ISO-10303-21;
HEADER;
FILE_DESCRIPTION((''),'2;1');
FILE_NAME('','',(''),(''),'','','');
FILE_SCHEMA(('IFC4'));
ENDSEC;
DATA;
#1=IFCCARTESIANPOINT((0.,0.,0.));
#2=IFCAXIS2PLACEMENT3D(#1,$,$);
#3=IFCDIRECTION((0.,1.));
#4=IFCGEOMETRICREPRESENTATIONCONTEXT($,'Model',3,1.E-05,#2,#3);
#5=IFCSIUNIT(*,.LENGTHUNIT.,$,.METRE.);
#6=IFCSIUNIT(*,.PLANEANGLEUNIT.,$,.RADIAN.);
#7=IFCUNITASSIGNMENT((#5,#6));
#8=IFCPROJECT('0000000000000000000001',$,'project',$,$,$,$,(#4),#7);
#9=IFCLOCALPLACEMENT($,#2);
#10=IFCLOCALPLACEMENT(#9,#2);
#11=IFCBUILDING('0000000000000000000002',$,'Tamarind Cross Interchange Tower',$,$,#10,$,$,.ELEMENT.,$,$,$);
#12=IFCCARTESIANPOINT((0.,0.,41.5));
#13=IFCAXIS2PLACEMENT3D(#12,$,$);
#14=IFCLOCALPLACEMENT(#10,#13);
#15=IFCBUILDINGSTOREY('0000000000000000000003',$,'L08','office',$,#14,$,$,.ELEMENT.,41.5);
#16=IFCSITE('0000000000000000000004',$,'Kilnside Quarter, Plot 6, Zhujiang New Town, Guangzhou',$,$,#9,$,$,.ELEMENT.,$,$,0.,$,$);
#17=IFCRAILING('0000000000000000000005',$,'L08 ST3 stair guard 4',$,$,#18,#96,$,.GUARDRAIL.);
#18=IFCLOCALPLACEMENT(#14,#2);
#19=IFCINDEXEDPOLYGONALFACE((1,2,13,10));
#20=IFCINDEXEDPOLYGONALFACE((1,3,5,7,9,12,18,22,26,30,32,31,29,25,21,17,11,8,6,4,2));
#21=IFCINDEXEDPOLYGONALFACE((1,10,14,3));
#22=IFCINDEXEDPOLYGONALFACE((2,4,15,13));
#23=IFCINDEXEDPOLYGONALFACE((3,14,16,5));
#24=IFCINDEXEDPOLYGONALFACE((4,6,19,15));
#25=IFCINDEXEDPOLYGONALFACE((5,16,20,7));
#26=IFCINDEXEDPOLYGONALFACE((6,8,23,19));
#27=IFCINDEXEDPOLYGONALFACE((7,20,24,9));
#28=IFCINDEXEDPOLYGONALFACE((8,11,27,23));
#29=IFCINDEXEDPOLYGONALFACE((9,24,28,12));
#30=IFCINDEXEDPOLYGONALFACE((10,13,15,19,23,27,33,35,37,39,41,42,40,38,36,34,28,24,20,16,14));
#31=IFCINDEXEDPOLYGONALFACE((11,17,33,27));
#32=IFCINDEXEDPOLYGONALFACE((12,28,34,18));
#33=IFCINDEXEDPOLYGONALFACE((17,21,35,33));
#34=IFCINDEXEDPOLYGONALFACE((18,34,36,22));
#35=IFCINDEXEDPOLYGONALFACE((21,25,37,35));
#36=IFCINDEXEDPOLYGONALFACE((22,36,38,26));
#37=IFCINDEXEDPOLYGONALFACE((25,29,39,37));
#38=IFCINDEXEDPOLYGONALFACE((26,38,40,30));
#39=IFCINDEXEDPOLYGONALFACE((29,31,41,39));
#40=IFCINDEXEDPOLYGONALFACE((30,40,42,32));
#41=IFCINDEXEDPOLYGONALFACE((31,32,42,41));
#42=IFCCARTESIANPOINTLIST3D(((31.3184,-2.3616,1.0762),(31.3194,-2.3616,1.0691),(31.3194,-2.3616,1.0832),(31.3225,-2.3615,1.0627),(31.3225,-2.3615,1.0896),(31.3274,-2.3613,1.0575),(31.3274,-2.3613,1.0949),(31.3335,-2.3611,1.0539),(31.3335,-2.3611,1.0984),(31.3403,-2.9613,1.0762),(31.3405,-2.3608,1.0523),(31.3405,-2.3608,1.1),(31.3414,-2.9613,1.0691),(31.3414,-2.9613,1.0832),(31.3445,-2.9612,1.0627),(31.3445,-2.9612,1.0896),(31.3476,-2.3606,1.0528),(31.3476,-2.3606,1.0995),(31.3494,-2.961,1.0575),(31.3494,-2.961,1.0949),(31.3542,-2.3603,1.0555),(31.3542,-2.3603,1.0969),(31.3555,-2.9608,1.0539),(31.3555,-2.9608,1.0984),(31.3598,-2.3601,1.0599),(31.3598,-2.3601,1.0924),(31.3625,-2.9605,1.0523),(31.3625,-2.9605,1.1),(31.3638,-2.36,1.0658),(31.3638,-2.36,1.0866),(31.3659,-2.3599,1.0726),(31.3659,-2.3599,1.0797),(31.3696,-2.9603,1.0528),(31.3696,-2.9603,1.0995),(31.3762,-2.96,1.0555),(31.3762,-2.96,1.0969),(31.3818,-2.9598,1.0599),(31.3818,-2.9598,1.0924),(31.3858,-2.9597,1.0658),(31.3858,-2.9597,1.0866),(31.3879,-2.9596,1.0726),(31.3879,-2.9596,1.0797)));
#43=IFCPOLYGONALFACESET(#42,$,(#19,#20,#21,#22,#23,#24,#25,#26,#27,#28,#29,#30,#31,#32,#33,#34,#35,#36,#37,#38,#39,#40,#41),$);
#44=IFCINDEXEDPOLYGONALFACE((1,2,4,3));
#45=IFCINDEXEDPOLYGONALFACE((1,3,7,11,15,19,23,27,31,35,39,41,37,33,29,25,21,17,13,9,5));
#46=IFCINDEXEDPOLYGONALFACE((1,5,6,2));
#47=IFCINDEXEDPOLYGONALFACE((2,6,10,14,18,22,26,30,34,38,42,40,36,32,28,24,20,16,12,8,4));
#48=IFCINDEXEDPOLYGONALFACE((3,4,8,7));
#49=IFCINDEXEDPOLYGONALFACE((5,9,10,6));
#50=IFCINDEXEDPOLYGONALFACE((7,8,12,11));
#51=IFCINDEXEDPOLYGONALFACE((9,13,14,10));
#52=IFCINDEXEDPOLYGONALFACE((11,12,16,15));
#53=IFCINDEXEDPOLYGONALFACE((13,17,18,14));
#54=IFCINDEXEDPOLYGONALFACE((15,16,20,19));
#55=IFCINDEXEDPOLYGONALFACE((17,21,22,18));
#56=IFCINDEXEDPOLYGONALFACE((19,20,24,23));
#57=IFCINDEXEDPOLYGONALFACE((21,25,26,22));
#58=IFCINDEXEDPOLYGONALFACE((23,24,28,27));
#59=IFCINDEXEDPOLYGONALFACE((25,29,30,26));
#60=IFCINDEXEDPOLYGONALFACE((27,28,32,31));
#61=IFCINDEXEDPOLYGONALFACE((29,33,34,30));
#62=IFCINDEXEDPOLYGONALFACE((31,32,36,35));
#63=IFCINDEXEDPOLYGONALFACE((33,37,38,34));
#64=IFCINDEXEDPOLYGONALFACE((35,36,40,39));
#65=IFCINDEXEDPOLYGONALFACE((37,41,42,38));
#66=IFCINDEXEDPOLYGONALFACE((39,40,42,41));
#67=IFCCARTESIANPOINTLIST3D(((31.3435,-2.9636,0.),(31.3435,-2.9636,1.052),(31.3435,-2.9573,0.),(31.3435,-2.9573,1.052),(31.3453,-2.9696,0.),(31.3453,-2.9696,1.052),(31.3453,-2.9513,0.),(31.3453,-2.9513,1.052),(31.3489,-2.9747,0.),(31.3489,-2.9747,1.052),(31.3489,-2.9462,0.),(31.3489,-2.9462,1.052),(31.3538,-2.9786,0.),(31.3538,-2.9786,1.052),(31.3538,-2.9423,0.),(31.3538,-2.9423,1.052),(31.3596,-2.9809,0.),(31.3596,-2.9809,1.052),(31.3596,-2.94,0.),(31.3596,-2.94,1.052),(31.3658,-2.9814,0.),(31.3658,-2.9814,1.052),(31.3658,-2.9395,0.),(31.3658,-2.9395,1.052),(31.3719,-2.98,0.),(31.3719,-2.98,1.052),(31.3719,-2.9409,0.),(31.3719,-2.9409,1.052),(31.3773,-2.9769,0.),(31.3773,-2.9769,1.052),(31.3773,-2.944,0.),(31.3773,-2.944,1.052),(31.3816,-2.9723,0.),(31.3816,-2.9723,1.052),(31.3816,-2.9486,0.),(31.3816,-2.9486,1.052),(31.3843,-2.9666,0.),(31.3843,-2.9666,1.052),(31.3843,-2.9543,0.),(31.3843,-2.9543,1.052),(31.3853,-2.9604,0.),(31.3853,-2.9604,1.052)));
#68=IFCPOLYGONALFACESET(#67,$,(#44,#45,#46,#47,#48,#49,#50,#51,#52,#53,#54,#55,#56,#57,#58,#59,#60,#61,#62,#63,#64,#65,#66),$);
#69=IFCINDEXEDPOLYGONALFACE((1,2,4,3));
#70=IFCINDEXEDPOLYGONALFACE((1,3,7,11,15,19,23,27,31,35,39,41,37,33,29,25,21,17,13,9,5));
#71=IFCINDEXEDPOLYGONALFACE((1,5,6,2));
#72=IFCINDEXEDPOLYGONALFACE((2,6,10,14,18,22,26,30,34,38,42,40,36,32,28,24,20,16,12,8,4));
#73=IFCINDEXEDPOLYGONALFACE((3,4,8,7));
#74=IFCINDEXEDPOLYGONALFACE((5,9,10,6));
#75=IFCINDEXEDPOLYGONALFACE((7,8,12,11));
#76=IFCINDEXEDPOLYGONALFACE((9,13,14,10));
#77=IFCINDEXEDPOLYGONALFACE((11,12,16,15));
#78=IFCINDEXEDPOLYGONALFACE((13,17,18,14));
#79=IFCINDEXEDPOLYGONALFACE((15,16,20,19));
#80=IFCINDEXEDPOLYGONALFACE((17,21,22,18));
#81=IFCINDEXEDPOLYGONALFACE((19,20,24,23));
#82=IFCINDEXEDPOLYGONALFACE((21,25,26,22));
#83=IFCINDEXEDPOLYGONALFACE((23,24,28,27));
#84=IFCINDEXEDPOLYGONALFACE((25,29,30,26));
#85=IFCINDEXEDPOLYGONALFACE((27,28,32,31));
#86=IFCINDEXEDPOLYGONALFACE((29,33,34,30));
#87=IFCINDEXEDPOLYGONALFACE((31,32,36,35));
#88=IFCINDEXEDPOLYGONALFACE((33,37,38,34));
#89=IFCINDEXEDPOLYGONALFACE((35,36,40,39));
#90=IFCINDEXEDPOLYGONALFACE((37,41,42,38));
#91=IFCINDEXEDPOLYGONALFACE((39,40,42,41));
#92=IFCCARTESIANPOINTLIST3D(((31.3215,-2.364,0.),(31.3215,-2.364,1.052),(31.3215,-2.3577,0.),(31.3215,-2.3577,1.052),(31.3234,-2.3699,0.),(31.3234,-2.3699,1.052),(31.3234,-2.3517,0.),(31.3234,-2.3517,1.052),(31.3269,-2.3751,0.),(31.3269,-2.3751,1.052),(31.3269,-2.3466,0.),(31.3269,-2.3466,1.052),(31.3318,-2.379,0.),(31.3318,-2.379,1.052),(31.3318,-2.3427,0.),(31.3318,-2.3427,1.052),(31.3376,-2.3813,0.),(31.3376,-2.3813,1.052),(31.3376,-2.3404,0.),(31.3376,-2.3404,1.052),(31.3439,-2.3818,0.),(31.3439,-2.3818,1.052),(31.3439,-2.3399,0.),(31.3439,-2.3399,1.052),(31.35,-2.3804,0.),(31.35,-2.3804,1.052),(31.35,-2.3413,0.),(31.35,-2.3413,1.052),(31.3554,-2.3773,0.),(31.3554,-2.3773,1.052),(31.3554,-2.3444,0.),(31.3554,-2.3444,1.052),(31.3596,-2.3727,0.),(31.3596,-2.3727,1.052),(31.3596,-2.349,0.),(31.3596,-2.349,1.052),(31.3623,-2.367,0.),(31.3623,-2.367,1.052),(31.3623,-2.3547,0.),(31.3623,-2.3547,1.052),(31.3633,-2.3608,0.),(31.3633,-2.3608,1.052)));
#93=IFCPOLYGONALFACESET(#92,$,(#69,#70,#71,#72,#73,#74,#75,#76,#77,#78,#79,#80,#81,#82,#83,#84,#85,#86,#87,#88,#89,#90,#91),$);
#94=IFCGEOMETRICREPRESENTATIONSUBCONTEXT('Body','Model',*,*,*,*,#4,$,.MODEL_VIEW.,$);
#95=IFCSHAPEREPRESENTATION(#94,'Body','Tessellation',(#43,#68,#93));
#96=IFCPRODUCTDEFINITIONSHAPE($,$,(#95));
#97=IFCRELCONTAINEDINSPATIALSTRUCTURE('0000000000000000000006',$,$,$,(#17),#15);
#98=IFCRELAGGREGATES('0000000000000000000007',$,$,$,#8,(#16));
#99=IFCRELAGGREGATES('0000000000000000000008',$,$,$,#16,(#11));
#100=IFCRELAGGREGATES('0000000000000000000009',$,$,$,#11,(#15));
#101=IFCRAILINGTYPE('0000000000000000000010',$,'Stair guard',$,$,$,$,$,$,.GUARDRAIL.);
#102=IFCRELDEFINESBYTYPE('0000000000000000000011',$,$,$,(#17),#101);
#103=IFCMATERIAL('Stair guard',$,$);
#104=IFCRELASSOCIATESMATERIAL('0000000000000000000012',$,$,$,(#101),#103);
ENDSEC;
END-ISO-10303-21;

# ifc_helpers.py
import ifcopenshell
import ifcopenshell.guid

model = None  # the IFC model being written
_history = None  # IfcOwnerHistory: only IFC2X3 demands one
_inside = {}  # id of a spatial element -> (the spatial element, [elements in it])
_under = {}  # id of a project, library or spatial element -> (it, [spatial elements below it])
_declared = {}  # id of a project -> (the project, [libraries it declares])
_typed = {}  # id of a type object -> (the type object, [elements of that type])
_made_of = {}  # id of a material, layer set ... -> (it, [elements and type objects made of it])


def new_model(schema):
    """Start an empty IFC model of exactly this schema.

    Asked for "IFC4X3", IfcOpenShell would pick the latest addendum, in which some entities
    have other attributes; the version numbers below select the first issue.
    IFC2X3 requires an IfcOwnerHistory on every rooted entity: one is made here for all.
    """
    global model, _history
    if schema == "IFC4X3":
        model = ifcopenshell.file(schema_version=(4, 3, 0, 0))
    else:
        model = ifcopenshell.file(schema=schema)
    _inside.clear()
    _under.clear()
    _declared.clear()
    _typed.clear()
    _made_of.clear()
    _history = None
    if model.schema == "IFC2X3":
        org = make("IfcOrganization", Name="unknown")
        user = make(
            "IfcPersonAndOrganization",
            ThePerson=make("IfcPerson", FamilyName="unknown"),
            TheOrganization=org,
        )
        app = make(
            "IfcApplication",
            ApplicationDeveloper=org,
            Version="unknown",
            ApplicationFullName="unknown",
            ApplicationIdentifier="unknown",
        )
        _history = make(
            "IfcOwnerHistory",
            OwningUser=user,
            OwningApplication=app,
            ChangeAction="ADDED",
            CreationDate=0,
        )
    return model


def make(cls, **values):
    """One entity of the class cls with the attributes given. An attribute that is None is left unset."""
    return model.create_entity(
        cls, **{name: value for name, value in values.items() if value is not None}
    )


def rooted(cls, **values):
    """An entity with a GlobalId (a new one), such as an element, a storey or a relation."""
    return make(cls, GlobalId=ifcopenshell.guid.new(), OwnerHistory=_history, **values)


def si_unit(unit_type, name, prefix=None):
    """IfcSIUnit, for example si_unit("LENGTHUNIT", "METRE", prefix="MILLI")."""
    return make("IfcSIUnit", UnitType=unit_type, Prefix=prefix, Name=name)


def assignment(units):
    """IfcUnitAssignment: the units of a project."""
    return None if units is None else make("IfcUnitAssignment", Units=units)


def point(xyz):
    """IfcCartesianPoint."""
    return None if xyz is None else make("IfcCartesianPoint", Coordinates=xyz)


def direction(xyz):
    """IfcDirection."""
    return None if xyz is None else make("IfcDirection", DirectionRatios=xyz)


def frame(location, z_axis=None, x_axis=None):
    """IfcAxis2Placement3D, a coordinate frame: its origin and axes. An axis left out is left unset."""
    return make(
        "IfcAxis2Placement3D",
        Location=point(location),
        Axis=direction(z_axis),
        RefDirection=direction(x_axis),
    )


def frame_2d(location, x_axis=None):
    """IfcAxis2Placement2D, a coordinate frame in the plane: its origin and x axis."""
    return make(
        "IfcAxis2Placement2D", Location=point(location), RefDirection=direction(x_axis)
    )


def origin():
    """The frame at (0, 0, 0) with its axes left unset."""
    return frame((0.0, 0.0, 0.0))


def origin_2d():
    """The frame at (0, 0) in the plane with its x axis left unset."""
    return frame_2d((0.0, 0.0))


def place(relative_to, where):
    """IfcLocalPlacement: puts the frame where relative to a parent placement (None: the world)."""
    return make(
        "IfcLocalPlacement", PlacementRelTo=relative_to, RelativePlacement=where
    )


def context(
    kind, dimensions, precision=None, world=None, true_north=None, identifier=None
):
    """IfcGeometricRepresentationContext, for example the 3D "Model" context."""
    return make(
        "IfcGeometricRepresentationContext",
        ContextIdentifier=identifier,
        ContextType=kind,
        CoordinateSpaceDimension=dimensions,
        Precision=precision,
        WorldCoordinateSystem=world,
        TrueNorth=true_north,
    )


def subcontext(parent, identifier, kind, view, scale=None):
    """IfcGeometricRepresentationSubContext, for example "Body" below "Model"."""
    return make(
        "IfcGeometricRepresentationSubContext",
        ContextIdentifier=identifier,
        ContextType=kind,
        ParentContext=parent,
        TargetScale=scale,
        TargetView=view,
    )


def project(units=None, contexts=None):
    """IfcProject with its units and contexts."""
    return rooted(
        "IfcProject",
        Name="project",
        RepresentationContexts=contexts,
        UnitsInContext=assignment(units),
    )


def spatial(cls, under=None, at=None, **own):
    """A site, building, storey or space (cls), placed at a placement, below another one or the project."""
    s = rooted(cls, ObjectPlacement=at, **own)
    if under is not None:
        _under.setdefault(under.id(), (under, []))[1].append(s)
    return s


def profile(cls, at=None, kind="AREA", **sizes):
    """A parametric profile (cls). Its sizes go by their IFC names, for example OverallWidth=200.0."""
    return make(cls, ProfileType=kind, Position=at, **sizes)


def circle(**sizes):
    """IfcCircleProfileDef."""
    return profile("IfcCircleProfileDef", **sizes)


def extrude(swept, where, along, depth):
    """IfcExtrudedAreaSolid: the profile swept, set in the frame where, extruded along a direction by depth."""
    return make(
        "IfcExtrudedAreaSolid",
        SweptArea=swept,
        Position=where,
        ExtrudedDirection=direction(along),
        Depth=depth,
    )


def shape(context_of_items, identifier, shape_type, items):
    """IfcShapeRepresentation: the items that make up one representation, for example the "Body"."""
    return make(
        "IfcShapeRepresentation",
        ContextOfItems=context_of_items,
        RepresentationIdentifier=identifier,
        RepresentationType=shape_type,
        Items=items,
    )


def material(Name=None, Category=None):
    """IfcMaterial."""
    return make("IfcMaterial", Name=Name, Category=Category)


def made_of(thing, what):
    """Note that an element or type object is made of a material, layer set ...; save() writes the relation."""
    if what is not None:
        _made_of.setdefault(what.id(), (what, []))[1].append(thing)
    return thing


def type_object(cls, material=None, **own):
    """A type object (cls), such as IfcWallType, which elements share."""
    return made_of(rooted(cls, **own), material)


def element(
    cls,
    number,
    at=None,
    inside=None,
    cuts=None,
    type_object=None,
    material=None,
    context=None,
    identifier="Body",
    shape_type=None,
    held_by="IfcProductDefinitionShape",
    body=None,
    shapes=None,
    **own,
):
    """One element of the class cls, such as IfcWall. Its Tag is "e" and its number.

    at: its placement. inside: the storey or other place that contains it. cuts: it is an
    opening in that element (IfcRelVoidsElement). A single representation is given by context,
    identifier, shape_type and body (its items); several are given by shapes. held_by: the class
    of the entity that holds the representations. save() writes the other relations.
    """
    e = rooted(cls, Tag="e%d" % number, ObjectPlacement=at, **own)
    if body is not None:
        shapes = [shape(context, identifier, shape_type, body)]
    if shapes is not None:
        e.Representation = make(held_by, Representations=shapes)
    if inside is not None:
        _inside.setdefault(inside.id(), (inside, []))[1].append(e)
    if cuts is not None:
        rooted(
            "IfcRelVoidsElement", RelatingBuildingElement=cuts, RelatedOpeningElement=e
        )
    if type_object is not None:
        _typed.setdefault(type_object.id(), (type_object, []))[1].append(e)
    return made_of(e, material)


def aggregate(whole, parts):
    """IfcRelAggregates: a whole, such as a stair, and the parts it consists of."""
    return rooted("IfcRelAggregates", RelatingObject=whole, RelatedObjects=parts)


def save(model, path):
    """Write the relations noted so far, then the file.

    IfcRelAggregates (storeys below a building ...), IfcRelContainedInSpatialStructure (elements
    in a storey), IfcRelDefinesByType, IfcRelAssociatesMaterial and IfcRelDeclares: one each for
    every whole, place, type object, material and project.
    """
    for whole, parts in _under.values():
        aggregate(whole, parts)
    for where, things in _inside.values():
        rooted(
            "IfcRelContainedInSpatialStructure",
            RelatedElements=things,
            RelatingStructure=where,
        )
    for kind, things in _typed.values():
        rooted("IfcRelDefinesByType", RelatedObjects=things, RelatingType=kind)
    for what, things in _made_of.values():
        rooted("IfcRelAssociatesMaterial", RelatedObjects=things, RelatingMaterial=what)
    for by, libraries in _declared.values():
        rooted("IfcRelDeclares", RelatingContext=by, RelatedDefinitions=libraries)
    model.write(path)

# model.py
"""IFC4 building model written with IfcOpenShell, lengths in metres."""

from ifc_helpers import new_model, si_unit, direction, frame, origin, origin_2d, place, context, subcontext, project, spatial, circle, extrude, material, type_object, element, save


model = new_model("IFC4")

# Units and contexts
model_context = context("Model", 3, precision=1e-05, world=origin(), true_north=direction((0.0, 1.0)))
body_context = subcontext(model_context, "Body", "Model", "MODEL_VIEW")
ifc_project = project(units=[si_unit("LENGTHUNIT", "METRE"), si_unit("PLANEANGLEUNIT", "RADIAN")], contexts=[model_context])

# Site, building, storey
site_placement = place(None, origin())
site = spatial("IfcSite", under=ifc_project, at=site_placement, Name="Kilnside Quarter, Plot 6, Zhujiang New Town, Guangzhou", CompositionType="ELEMENT", RefElevation=0.0)
building_placement = place(site_placement, origin())
building = spatial("IfcBuilding", under=site, at=building_placement, Name="Tamarind Cross Interchange Tower", CompositionType="ELEMENT")
storey_placement = place(building_placement, frame((0.0, 0.0, 41.5)))
storey = spatial("IfcBuildingStorey", under=building, at=storey_placement, Name="L08", Description="office", CompositionType="ELEMENT", Elevation=41.5)

# Railing
ifc_material_1 = material(Name="Stair guard")
railing_type_1 = type_object("IfcRailingType", Name="Stair guard", PredefinedType="GUARDRAIL", material=ifc_material_1)
railing_1_placement = place(storey_placement, frame((31.3643, -2.9604, 0.0)))
element("IfcRailing", 1, at=railing_1_placement, inside=storey, type_object=railing_type_1, Name="L08 ST3 stair guard 4", PredefinedType="GUARDRAIL", context=body_context, shape_type="SweptSolid", body=[
    extrude(circle(Radius=0.0239, at=origin_2d()), frame((0.0, 0.0, 1.0762), z_axis=(-0.03662, 0.999329, 0.0), x_axis=(-0.999329, -0.03662, 0.0)), (0.0, 0.0, 1.0), 0.6001),
    extrude(circle(Radius=0.021, at=origin_2d()), origin(), (0.0, 0.0, 1.0), 1.052),
    extrude(circle(Radius=0.021, at=origin_2d()), frame((-0.022, 0.5996, 0.0)), (0.0, 0.0, 1.0), 1.052),
])

save(model, "model.ifc")
